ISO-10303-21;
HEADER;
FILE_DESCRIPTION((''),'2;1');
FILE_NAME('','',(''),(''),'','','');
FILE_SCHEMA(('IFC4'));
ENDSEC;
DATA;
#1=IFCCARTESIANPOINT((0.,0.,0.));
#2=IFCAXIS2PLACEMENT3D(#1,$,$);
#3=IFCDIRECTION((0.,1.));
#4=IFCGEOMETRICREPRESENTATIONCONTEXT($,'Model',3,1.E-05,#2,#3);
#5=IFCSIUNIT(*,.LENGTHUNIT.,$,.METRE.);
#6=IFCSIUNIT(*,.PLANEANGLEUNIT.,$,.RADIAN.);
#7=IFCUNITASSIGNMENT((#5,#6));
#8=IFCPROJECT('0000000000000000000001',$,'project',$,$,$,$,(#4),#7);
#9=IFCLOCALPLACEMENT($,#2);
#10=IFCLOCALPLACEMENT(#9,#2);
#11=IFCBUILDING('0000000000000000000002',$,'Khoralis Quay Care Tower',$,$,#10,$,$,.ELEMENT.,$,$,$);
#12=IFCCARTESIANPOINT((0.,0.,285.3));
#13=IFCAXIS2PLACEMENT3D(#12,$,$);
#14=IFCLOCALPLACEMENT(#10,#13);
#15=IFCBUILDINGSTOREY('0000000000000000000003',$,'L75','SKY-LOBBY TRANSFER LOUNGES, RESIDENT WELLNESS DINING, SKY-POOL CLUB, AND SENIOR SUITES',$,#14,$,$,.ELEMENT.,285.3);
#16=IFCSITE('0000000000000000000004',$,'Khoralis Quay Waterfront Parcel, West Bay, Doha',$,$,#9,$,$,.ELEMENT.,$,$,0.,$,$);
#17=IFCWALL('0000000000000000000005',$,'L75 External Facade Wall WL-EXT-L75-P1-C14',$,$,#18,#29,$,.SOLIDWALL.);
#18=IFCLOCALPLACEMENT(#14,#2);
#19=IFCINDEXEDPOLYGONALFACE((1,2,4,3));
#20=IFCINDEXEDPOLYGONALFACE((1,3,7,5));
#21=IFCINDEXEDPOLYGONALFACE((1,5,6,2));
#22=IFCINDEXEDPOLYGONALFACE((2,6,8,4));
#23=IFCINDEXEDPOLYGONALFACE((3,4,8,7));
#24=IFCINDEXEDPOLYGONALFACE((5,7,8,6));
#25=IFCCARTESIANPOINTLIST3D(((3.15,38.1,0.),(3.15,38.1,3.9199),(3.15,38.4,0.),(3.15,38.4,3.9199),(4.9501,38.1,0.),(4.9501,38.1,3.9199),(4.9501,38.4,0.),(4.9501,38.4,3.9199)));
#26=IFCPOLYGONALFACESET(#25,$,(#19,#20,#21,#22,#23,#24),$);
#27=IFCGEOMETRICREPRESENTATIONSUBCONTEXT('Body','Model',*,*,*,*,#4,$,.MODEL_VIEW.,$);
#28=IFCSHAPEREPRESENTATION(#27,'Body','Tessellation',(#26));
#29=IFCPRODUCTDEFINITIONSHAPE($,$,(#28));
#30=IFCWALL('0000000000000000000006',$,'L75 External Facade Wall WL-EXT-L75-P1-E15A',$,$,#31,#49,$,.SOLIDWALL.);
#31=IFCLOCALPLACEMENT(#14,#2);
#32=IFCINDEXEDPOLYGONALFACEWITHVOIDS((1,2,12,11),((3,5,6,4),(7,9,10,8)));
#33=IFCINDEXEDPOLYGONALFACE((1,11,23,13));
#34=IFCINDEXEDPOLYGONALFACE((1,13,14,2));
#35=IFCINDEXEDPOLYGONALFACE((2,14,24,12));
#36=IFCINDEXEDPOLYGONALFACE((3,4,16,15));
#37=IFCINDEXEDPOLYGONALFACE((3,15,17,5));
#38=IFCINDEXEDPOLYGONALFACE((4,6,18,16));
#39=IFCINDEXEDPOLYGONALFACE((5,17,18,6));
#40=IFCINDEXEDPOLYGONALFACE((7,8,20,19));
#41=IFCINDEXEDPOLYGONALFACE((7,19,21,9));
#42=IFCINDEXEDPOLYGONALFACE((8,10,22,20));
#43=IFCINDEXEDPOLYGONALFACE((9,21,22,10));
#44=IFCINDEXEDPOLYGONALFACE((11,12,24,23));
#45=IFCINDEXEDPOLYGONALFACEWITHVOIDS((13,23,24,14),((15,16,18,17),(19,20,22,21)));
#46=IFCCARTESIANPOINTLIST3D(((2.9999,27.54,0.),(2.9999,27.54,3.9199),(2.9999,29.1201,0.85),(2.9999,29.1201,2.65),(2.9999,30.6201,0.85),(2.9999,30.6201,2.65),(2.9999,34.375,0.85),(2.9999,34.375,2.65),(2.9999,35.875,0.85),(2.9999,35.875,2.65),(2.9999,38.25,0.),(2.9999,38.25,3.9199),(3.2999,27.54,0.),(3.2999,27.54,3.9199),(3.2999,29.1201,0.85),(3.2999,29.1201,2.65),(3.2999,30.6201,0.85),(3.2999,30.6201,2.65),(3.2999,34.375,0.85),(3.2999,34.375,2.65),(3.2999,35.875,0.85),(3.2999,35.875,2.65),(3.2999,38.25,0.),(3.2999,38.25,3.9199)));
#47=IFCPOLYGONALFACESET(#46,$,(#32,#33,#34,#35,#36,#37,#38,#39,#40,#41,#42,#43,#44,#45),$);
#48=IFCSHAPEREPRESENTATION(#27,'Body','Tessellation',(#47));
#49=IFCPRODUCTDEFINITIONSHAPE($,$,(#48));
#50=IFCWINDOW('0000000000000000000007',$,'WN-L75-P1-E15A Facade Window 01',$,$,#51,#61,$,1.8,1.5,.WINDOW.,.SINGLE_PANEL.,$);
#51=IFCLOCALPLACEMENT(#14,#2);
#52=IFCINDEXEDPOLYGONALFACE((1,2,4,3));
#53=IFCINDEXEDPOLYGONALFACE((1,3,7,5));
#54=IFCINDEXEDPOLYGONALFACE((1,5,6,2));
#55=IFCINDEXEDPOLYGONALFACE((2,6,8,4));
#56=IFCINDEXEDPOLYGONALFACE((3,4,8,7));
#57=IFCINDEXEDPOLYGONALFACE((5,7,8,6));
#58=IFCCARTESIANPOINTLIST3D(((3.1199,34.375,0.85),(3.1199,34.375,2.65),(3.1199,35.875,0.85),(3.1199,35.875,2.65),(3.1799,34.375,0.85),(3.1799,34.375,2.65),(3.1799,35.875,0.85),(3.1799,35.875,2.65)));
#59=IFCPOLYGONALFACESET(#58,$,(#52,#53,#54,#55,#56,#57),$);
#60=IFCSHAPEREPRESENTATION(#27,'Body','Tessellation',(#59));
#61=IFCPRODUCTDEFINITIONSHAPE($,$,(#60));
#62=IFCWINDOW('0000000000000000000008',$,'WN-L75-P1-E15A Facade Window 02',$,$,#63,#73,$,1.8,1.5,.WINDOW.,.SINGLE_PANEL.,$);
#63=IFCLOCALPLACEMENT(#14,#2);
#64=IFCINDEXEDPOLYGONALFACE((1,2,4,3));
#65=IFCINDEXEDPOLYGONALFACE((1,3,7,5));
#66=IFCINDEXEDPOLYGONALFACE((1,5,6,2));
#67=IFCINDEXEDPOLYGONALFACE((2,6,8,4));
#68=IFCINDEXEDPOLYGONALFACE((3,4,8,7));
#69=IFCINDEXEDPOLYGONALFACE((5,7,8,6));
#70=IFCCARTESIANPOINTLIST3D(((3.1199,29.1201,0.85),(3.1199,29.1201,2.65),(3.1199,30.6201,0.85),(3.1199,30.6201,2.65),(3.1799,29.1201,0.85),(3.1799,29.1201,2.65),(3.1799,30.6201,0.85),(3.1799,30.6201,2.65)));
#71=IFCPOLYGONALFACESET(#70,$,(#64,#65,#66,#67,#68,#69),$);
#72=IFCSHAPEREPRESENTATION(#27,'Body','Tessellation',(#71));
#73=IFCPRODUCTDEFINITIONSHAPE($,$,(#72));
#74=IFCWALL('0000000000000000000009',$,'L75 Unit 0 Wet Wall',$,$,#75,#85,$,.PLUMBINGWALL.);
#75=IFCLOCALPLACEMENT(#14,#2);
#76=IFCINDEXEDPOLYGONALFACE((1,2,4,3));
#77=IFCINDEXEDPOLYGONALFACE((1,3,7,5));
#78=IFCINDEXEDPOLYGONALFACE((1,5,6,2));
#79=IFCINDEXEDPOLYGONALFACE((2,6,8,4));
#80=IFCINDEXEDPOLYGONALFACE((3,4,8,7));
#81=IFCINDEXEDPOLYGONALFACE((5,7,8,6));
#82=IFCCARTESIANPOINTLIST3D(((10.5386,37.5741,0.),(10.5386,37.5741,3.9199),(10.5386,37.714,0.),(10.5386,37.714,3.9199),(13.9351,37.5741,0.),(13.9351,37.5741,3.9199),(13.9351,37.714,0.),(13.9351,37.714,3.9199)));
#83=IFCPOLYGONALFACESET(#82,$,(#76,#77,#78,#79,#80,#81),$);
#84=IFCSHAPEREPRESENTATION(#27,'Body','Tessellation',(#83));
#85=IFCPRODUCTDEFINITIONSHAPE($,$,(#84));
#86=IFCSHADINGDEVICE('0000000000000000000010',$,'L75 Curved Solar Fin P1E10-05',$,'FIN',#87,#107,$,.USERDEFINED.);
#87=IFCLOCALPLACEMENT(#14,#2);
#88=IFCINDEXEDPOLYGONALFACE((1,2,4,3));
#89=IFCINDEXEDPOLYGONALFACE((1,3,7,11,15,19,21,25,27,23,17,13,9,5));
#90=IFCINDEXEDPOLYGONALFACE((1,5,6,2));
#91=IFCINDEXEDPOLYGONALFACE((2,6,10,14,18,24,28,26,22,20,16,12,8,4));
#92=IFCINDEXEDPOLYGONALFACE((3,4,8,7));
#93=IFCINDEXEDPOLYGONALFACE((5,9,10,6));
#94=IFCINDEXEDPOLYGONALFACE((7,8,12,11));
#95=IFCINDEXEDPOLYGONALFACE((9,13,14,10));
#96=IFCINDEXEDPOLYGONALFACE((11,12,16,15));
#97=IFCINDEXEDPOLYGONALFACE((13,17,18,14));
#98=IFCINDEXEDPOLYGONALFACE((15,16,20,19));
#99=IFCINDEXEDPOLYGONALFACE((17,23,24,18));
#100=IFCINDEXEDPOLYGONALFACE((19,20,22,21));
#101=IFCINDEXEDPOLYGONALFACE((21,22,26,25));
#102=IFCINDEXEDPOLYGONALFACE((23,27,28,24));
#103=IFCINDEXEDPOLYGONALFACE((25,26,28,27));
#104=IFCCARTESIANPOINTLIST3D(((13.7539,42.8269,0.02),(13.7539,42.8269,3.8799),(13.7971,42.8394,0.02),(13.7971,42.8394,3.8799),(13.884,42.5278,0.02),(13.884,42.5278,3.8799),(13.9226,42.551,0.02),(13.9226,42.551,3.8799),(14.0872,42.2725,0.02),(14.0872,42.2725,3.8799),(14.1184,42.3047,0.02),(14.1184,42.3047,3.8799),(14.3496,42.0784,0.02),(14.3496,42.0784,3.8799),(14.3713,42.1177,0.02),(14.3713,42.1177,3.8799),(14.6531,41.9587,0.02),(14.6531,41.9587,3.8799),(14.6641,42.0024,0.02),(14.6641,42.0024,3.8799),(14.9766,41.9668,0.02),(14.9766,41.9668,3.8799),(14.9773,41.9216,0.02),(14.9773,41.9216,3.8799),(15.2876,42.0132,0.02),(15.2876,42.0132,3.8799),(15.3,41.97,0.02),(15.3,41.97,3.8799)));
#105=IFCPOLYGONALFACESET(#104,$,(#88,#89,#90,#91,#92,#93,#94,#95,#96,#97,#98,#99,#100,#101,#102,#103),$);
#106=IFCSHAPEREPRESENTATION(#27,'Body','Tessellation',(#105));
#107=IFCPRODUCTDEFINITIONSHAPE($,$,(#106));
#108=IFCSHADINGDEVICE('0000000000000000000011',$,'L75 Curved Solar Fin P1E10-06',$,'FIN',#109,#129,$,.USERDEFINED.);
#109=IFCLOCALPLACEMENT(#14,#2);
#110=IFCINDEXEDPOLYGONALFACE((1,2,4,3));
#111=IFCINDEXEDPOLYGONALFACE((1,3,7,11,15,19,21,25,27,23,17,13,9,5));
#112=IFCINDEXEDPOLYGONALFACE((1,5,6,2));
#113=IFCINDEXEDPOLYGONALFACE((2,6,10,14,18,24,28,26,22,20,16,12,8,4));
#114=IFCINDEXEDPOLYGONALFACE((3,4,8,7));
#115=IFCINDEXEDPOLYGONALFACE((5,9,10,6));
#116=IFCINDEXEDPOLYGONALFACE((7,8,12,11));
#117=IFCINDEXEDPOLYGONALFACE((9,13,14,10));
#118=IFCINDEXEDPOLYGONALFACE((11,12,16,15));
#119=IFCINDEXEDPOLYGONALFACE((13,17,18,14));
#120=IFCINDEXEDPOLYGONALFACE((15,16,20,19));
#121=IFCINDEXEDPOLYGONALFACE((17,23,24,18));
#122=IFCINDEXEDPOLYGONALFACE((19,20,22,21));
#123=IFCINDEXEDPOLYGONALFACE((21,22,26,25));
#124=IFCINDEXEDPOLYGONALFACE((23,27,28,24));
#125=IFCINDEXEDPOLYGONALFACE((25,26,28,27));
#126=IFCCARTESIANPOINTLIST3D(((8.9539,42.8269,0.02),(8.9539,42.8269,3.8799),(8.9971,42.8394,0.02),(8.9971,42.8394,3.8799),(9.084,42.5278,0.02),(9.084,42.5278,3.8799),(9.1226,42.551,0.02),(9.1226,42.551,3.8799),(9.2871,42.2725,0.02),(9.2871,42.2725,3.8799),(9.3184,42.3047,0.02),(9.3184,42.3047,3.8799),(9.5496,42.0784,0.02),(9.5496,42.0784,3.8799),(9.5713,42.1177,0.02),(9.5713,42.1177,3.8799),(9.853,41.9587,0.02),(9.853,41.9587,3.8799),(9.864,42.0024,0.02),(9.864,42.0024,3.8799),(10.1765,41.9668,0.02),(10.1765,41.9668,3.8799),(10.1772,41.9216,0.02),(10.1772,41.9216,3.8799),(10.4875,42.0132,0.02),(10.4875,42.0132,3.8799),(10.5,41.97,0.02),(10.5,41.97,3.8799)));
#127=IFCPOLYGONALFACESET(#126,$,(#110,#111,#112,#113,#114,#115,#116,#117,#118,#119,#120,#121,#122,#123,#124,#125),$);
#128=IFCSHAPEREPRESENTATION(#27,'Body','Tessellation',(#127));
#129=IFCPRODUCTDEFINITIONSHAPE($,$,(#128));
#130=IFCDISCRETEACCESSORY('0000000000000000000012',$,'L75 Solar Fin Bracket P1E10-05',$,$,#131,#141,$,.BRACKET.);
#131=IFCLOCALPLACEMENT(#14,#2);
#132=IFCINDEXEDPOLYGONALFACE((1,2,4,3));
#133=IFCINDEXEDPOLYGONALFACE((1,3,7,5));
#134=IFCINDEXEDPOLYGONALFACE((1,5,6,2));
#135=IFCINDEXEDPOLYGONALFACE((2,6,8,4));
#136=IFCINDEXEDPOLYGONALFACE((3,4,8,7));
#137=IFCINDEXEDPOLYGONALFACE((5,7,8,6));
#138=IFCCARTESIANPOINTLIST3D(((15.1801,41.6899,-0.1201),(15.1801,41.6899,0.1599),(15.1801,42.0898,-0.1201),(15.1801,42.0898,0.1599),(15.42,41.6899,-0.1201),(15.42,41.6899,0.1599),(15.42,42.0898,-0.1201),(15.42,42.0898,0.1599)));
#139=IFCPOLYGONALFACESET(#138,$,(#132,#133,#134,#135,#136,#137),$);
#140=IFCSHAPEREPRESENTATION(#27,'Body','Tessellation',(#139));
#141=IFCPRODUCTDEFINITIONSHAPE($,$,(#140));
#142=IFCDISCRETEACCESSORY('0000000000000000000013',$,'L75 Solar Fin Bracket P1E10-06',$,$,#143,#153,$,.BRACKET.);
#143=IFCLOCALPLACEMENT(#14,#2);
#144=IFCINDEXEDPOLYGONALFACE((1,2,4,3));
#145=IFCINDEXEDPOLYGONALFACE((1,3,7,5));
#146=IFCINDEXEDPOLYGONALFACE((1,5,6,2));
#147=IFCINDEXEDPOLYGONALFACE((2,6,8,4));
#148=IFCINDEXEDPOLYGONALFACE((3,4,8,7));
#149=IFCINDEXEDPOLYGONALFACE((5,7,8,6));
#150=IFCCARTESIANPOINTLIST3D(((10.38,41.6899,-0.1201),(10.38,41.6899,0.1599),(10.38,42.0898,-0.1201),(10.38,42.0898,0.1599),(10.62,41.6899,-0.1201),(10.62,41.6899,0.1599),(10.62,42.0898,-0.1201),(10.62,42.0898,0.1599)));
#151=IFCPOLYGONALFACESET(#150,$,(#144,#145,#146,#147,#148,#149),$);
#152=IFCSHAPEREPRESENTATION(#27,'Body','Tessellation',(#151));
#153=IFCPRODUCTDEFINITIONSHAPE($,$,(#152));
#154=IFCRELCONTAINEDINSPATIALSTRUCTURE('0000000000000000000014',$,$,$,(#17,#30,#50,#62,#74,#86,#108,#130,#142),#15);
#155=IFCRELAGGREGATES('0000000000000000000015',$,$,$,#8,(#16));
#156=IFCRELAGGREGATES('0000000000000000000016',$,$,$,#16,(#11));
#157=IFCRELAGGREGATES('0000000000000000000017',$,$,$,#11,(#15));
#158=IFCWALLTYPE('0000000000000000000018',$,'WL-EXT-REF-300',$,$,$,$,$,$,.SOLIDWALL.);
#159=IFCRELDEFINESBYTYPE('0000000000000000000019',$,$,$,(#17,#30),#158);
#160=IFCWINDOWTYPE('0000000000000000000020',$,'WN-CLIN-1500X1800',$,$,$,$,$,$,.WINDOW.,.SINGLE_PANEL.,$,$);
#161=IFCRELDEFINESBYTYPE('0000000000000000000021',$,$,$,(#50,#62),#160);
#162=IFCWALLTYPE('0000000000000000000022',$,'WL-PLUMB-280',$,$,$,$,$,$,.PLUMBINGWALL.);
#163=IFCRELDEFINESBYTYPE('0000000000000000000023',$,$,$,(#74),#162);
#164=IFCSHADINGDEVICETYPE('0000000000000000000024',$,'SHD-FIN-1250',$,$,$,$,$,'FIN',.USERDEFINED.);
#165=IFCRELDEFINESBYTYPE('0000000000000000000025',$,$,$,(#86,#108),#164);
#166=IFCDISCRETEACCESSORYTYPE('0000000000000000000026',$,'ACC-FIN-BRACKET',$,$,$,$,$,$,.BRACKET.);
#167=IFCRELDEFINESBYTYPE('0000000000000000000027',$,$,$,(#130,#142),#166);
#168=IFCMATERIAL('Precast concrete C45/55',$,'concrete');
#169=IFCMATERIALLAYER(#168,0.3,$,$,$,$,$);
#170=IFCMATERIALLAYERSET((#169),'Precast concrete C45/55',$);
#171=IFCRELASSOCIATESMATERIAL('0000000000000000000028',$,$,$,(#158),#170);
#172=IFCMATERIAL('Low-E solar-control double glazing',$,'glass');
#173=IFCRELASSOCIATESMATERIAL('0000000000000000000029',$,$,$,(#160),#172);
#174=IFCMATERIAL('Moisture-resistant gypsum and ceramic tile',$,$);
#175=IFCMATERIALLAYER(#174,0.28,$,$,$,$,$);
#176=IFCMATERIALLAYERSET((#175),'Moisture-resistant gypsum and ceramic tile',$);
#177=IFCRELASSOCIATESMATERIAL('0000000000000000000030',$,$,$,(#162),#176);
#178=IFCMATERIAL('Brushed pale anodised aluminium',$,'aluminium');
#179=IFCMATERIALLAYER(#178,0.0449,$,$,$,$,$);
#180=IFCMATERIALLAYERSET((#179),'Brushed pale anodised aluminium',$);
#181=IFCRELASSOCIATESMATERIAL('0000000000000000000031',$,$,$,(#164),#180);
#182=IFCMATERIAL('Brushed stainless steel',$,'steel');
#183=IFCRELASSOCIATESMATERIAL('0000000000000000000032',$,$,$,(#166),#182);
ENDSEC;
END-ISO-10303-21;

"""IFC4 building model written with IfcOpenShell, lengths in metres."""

from ifc_helpers import new_model, si_unit, direction, frame, frame_2d, origin, origin_2d, place, context, subcontext, project, spatial, polyline, rectangle, outline, extrude, source, transform, mapped, material, layer, layer_set, type_object, element, fill, save


model = new_model("IFC4")

# Units and contexts
model_context = context("Model", 3, precision=1e-05, world=origin(), true_north=direction((0.0, 1.0)))
body_context = subcontext(model_context, "Body", "Model", "MODEL_VIEW")
ifc_project = project(units=[si_unit("LENGTHUNIT", "METRE"), si_unit("PLANEANGLEUNIT", "RADIAN")], contexts=[model_context])

# Site, building, storey
site_placement = place(None, origin())
site = spatial("IfcSite", under=ifc_project, at=site_placement, Name="Khoralis Quay Waterfront Parcel, West Bay, Doha", CompositionType="ELEMENT", RefElevation=0.0)
building_placement = place(site_placement, origin())
building = spatial("IfcBuilding", under=site, at=building_placement, Name="Khoralis Quay Care Tower", CompositionType="ELEMENT")
storey_placement = place(building_placement, frame((0.0, 0.0, 285.3)))
storey = spatial("IfcBuildingStorey", under=building, at=storey_placement, Name="L75", Description="SKY-LOBBY TRANSFER LOUNGES, RESIDENT WELLNESS DINING, SKY-POOL CLUB, AND SENIOR SUITES", CompositionType="ELEMENT", Elevation=285.3)

# Shared definitions
ifc_material_1 = material(Name="Low-E solar-control double glazing", Category="glass")

# Shared definitions
ifc_material_2 = material(Name="Precast concrete C45/55", Category="concrete")
ifc_layer_1 = layer(ifc_material_2, 0.3)
ifc_layer_set_1 = layer_set([ifc_layer_1], Name="Precast concrete C45/55")
wall_type_1 = type_object("IfcWallType", Name="WL-EXT-REF-300", PredefinedType="SOLIDWALL", material=ifc_layer_set_1)
window_type = type_object("IfcWindowType", Name="WN-CLIN-1500X1800", PartitioningType="SINGLE_PANEL", PredefinedType="WINDOW", material=ifc_material_1)
shared_shape_1 = source(origin(), body_context, "Body", "SweptSolid", [
    extrude(rectangle(XDim=1.5, YDim=1.8, at=frame_2d((0.75, 0.8999))), frame((0.0, 0.03, 0.0), z_axis=(0.0, -1.0, 0.0), x_axis=(1.0, 0.0, 0.0)), (0.0, 0.0, 1.0), 0.0601),
])

# Wall
for number, where, z_axis, x_axis, name in (
    (1, (4.95, 38.25, 0.0), (0.0, 0.0, 1.0), (-1.0, 0.0, 0.0), "L75 External Facade Wall WL-EXT-L75-P1-C14"),
):
    element("IfcWall", number, at=place(storey_placement, frame(where, z_axis=z_axis, x_axis=x_axis)), inside=storey, type_object=wall_type_1, Name=name, PredefinedType="SOLIDWALL", context=body_context, shape_type="SweptSolid", body=[
        extrude(rectangle(XDim=1.8, YDim=0.3, at=frame_2d((0.8999, 0.0))), origin(), (0.0, 0.0, 1.0), 3.9199),
    ])

# Wall, openings, windows
wall_1_placement = place(storey_placement, frame((3.1499, 38.25, 0.0), z_axis=(0.0, 0.0, 1.0), x_axis=(0.0, -1.0, 0.0)))
wall_1 = element("IfcWall", 2, at=wall_1_placement, inside=storey, type_object=wall_type_1, Name="L75 External Facade Wall WL-EXT-L75-P1-E15A", PredefinedType="SOLIDWALL", context=body_context, shape_type="SweptSolid", body=[
    extrude(rectangle(XDim=10.71, YDim=0.3, at=frame_2d((5.355, 0.0))), origin(), (0.0, 0.0, 1.0), 3.9199),
])
opening_1_placement = place(wall_1_placement, frame((2.375, 0.0, 0.8501)))
opening_1 = element("IfcOpeningElement", 3, at=opening_1_placement, cuts=wall_1, PredefinedType="OPENING", context=body_context, shape_type="SweptSolid", body=[
    extrude(rectangle(XDim=1.5, YDim=1.8, at=frame_2d((0.75, 0.8999))), frame((0.0, 0.1602, 0.0), z_axis=(0.0, -1.0, 0.0), x_axis=(1.0, 0.0, 0.0)), (0.0, 0.0, 1.0), 0.3201),
])
opening_2_placement = place(wall_1_placement, frame((7.6299, 0.0, 0.8501)))
opening_2 = element("IfcOpeningElement", 4, at=opening_2_placement, cuts=wall_1, PredefinedType="OPENING", context=body_context, shape_type="SweptSolid", body=[
    extrude(rectangle(XDim=1.5, YDim=1.8, at=frame_2d((0.75, 0.8999))), frame((0.0, 0.1602, 0.0), z_axis=(0.0, -1.0, 0.0), x_axis=(1.0, 0.0, 0.0)), (0.0, 0.0, 1.0), 0.3201),
])
window_1_placement = place(opening_1_placement, origin())
window_1 = element("IfcWindow", 5, at=window_1_placement, inside=storey, type_object=window_type, Name="WN-L75-P1-E15A Facade Window 01", OverallHeight=1.8, OverallWidth=1.5, PartitioningType="SINGLE_PANEL", PredefinedType="WINDOW", context=body_context, shape_type="MappedRepresentation", body=[
    mapped(shared_shape_1, transform((0.0, 0.0, 0.0), scale=1.0)),
])
fill(opening_1, window_1)
window_2_placement = place(opening_2_placement, origin())
window_2 = element("IfcWindow", 6, at=window_2_placement, inside=storey, type_object=window_type, Name="WN-L75-P1-E15A Facade Window 02", OverallHeight=1.8, OverallWidth=1.5, PartitioningType="SINGLE_PANEL", PredefinedType="WINDOW", context=body_context, shape_type="MappedRepresentation", body=[
    mapped(shared_shape_1, transform((0.0, 0.0, 0.0), scale=1.0)),
])
fill(opening_2, window_2)

# Wall
ifc_material_3 = material(Name="Moisture-resistant gypsum and ceramic tile")
ifc_layer_2 = layer(ifc_material_3, 0.28)
ifc_layer_set_2 = layer_set([ifc_layer_2], Name="Moisture-resistant gypsum and ceramic tile")
wall_type_2 = type_object("IfcWallType", Name="WL-PLUMB-280", PredefinedType="PLUMBINGWALL", material=ifc_layer_set_2)
wall_2_placement = place(storey_placement, frame((10.5386, 37.644, 0.0), z_axis=(0.0, 0.0, 1.0), x_axis=(1.0, 0.0, 0.0)))
element("IfcWall", 7, at=wall_2_placement, inside=storey, type_object=wall_type_2, Name="L75 Unit 0 Wet Wall", PredefinedType="PLUMBINGWALL", context=body_context, shape_type="SweptSolid", body=[
    extrude(rectangle(XDim=3.3965, YDim=0.1399, at=frame_2d((1.6982, 0.0))), origin(), (0.0, 0.0, 1.0), 3.9199),
])

# Shading devices
ifc_material_4 = material(Name="Brushed pale anodised aluminium", Category="aluminium")
ifc_layer_3 = layer(ifc_material_4, 0.0449)
ifc_layer_set_3 = layer_set([ifc_layer_3], Name="Brushed pale anodised aluminium")
shading_device_type = type_object("IfcShadingDeviceType", Name="SHD-FIN-1250", ElementType="FIN", PredefinedType="USERDEFINED", material=ifc_layer_set_3)
shared_shape_2 = source(origin(), body_context, "Body", "SweptSolid", [
    extrude(outline(polyline([(0.0, 0.0), (-0.0483, 0.3228), (-0.0112, 0.647), (0.1084, 0.9504), (0.3025, 1.2129), (0.5579, 1.416), (0.8569, 1.5461), (0.8694, 1.5029), (0.5811, 1.3774), (0.3347, 1.1816), (0.1477, 0.9287), (0.0325, 0.636), (-0.0032, 0.3235), (0.0432, 0.0125), (0.0, 0.0)])), origin(), (0.0, 0.0, 1.0), 3.8599),
])
for number, where, z_axis, x_axis, name in (
    (8, (15.3, 41.97, 0.02), (0.0, 0.0, 1.0), (0.0, 1.0, 0.0), "L75 Curved Solar Fin P1E10-05"),
    (9, (10.5, 41.97, 0.02), (0.0, 0.0, 1.0), (0.0, 1.0, 0.0), "L75 Curved Solar Fin P1E10-06"),
):
    element("IfcShadingDevice", number, at=place(storey_placement, frame(where, z_axis=z_axis, x_axis=x_axis)), inside=storey, type_object=shading_device_type, Name=name, ObjectType="FIN", PredefinedType="USERDEFINED", context=body_context, shape_type="MappedRepresentation", body=[
        mapped(shared_shape_2, transform((0.0, 0.0, 0.0), scale=1.0)),
    ])

# Discrete accessories
ifc_material_5 = material(Name="Brushed stainless steel", Category="steel")
discrete_accessory_type = type_object("IfcDiscreteAccessoryType", Name="ACC-FIN-BRACKET", PredefinedType="BRACKET", material=ifc_material_5)
shared_shape_3 = source(origin(), body_context, "Body", "SweptSolid", [
    extrude(rectangle(XDim=0.3999, YDim=0.24, at=origin_2d()), origin(), (0.0, 0.0, 1.0), 0.28),
])
for number, where, z_axis, x_axis, name in (
    (10, (15.3, 41.8899, -0.1201), (0.0, 0.0, 1.0), (0.0, 1.0, 0.0), "L75 Solar Fin Bracket P1E10-05"),
    (11, (10.5, 41.8899, -0.1201), (0.0, 0.0, 1.0), (0.0, 1.0, 0.0), "L75 Solar Fin Bracket P1E10-06"),
):
    element("IfcDiscreteAccessory", number, at=place(storey_placement, frame(where, z_axis=z_axis, x_axis=x_axis)), inside=storey, type_object=discrete_accessory_type, Name=name, PredefinedType="BRACKET", context=body_context, shape_type="MappedRepresentation", body=[
        mapped(shared_shape_3, transform((0.0, 0.0, 0.0), scale=1.0)),
    ])

save(model, "model.ifc")
